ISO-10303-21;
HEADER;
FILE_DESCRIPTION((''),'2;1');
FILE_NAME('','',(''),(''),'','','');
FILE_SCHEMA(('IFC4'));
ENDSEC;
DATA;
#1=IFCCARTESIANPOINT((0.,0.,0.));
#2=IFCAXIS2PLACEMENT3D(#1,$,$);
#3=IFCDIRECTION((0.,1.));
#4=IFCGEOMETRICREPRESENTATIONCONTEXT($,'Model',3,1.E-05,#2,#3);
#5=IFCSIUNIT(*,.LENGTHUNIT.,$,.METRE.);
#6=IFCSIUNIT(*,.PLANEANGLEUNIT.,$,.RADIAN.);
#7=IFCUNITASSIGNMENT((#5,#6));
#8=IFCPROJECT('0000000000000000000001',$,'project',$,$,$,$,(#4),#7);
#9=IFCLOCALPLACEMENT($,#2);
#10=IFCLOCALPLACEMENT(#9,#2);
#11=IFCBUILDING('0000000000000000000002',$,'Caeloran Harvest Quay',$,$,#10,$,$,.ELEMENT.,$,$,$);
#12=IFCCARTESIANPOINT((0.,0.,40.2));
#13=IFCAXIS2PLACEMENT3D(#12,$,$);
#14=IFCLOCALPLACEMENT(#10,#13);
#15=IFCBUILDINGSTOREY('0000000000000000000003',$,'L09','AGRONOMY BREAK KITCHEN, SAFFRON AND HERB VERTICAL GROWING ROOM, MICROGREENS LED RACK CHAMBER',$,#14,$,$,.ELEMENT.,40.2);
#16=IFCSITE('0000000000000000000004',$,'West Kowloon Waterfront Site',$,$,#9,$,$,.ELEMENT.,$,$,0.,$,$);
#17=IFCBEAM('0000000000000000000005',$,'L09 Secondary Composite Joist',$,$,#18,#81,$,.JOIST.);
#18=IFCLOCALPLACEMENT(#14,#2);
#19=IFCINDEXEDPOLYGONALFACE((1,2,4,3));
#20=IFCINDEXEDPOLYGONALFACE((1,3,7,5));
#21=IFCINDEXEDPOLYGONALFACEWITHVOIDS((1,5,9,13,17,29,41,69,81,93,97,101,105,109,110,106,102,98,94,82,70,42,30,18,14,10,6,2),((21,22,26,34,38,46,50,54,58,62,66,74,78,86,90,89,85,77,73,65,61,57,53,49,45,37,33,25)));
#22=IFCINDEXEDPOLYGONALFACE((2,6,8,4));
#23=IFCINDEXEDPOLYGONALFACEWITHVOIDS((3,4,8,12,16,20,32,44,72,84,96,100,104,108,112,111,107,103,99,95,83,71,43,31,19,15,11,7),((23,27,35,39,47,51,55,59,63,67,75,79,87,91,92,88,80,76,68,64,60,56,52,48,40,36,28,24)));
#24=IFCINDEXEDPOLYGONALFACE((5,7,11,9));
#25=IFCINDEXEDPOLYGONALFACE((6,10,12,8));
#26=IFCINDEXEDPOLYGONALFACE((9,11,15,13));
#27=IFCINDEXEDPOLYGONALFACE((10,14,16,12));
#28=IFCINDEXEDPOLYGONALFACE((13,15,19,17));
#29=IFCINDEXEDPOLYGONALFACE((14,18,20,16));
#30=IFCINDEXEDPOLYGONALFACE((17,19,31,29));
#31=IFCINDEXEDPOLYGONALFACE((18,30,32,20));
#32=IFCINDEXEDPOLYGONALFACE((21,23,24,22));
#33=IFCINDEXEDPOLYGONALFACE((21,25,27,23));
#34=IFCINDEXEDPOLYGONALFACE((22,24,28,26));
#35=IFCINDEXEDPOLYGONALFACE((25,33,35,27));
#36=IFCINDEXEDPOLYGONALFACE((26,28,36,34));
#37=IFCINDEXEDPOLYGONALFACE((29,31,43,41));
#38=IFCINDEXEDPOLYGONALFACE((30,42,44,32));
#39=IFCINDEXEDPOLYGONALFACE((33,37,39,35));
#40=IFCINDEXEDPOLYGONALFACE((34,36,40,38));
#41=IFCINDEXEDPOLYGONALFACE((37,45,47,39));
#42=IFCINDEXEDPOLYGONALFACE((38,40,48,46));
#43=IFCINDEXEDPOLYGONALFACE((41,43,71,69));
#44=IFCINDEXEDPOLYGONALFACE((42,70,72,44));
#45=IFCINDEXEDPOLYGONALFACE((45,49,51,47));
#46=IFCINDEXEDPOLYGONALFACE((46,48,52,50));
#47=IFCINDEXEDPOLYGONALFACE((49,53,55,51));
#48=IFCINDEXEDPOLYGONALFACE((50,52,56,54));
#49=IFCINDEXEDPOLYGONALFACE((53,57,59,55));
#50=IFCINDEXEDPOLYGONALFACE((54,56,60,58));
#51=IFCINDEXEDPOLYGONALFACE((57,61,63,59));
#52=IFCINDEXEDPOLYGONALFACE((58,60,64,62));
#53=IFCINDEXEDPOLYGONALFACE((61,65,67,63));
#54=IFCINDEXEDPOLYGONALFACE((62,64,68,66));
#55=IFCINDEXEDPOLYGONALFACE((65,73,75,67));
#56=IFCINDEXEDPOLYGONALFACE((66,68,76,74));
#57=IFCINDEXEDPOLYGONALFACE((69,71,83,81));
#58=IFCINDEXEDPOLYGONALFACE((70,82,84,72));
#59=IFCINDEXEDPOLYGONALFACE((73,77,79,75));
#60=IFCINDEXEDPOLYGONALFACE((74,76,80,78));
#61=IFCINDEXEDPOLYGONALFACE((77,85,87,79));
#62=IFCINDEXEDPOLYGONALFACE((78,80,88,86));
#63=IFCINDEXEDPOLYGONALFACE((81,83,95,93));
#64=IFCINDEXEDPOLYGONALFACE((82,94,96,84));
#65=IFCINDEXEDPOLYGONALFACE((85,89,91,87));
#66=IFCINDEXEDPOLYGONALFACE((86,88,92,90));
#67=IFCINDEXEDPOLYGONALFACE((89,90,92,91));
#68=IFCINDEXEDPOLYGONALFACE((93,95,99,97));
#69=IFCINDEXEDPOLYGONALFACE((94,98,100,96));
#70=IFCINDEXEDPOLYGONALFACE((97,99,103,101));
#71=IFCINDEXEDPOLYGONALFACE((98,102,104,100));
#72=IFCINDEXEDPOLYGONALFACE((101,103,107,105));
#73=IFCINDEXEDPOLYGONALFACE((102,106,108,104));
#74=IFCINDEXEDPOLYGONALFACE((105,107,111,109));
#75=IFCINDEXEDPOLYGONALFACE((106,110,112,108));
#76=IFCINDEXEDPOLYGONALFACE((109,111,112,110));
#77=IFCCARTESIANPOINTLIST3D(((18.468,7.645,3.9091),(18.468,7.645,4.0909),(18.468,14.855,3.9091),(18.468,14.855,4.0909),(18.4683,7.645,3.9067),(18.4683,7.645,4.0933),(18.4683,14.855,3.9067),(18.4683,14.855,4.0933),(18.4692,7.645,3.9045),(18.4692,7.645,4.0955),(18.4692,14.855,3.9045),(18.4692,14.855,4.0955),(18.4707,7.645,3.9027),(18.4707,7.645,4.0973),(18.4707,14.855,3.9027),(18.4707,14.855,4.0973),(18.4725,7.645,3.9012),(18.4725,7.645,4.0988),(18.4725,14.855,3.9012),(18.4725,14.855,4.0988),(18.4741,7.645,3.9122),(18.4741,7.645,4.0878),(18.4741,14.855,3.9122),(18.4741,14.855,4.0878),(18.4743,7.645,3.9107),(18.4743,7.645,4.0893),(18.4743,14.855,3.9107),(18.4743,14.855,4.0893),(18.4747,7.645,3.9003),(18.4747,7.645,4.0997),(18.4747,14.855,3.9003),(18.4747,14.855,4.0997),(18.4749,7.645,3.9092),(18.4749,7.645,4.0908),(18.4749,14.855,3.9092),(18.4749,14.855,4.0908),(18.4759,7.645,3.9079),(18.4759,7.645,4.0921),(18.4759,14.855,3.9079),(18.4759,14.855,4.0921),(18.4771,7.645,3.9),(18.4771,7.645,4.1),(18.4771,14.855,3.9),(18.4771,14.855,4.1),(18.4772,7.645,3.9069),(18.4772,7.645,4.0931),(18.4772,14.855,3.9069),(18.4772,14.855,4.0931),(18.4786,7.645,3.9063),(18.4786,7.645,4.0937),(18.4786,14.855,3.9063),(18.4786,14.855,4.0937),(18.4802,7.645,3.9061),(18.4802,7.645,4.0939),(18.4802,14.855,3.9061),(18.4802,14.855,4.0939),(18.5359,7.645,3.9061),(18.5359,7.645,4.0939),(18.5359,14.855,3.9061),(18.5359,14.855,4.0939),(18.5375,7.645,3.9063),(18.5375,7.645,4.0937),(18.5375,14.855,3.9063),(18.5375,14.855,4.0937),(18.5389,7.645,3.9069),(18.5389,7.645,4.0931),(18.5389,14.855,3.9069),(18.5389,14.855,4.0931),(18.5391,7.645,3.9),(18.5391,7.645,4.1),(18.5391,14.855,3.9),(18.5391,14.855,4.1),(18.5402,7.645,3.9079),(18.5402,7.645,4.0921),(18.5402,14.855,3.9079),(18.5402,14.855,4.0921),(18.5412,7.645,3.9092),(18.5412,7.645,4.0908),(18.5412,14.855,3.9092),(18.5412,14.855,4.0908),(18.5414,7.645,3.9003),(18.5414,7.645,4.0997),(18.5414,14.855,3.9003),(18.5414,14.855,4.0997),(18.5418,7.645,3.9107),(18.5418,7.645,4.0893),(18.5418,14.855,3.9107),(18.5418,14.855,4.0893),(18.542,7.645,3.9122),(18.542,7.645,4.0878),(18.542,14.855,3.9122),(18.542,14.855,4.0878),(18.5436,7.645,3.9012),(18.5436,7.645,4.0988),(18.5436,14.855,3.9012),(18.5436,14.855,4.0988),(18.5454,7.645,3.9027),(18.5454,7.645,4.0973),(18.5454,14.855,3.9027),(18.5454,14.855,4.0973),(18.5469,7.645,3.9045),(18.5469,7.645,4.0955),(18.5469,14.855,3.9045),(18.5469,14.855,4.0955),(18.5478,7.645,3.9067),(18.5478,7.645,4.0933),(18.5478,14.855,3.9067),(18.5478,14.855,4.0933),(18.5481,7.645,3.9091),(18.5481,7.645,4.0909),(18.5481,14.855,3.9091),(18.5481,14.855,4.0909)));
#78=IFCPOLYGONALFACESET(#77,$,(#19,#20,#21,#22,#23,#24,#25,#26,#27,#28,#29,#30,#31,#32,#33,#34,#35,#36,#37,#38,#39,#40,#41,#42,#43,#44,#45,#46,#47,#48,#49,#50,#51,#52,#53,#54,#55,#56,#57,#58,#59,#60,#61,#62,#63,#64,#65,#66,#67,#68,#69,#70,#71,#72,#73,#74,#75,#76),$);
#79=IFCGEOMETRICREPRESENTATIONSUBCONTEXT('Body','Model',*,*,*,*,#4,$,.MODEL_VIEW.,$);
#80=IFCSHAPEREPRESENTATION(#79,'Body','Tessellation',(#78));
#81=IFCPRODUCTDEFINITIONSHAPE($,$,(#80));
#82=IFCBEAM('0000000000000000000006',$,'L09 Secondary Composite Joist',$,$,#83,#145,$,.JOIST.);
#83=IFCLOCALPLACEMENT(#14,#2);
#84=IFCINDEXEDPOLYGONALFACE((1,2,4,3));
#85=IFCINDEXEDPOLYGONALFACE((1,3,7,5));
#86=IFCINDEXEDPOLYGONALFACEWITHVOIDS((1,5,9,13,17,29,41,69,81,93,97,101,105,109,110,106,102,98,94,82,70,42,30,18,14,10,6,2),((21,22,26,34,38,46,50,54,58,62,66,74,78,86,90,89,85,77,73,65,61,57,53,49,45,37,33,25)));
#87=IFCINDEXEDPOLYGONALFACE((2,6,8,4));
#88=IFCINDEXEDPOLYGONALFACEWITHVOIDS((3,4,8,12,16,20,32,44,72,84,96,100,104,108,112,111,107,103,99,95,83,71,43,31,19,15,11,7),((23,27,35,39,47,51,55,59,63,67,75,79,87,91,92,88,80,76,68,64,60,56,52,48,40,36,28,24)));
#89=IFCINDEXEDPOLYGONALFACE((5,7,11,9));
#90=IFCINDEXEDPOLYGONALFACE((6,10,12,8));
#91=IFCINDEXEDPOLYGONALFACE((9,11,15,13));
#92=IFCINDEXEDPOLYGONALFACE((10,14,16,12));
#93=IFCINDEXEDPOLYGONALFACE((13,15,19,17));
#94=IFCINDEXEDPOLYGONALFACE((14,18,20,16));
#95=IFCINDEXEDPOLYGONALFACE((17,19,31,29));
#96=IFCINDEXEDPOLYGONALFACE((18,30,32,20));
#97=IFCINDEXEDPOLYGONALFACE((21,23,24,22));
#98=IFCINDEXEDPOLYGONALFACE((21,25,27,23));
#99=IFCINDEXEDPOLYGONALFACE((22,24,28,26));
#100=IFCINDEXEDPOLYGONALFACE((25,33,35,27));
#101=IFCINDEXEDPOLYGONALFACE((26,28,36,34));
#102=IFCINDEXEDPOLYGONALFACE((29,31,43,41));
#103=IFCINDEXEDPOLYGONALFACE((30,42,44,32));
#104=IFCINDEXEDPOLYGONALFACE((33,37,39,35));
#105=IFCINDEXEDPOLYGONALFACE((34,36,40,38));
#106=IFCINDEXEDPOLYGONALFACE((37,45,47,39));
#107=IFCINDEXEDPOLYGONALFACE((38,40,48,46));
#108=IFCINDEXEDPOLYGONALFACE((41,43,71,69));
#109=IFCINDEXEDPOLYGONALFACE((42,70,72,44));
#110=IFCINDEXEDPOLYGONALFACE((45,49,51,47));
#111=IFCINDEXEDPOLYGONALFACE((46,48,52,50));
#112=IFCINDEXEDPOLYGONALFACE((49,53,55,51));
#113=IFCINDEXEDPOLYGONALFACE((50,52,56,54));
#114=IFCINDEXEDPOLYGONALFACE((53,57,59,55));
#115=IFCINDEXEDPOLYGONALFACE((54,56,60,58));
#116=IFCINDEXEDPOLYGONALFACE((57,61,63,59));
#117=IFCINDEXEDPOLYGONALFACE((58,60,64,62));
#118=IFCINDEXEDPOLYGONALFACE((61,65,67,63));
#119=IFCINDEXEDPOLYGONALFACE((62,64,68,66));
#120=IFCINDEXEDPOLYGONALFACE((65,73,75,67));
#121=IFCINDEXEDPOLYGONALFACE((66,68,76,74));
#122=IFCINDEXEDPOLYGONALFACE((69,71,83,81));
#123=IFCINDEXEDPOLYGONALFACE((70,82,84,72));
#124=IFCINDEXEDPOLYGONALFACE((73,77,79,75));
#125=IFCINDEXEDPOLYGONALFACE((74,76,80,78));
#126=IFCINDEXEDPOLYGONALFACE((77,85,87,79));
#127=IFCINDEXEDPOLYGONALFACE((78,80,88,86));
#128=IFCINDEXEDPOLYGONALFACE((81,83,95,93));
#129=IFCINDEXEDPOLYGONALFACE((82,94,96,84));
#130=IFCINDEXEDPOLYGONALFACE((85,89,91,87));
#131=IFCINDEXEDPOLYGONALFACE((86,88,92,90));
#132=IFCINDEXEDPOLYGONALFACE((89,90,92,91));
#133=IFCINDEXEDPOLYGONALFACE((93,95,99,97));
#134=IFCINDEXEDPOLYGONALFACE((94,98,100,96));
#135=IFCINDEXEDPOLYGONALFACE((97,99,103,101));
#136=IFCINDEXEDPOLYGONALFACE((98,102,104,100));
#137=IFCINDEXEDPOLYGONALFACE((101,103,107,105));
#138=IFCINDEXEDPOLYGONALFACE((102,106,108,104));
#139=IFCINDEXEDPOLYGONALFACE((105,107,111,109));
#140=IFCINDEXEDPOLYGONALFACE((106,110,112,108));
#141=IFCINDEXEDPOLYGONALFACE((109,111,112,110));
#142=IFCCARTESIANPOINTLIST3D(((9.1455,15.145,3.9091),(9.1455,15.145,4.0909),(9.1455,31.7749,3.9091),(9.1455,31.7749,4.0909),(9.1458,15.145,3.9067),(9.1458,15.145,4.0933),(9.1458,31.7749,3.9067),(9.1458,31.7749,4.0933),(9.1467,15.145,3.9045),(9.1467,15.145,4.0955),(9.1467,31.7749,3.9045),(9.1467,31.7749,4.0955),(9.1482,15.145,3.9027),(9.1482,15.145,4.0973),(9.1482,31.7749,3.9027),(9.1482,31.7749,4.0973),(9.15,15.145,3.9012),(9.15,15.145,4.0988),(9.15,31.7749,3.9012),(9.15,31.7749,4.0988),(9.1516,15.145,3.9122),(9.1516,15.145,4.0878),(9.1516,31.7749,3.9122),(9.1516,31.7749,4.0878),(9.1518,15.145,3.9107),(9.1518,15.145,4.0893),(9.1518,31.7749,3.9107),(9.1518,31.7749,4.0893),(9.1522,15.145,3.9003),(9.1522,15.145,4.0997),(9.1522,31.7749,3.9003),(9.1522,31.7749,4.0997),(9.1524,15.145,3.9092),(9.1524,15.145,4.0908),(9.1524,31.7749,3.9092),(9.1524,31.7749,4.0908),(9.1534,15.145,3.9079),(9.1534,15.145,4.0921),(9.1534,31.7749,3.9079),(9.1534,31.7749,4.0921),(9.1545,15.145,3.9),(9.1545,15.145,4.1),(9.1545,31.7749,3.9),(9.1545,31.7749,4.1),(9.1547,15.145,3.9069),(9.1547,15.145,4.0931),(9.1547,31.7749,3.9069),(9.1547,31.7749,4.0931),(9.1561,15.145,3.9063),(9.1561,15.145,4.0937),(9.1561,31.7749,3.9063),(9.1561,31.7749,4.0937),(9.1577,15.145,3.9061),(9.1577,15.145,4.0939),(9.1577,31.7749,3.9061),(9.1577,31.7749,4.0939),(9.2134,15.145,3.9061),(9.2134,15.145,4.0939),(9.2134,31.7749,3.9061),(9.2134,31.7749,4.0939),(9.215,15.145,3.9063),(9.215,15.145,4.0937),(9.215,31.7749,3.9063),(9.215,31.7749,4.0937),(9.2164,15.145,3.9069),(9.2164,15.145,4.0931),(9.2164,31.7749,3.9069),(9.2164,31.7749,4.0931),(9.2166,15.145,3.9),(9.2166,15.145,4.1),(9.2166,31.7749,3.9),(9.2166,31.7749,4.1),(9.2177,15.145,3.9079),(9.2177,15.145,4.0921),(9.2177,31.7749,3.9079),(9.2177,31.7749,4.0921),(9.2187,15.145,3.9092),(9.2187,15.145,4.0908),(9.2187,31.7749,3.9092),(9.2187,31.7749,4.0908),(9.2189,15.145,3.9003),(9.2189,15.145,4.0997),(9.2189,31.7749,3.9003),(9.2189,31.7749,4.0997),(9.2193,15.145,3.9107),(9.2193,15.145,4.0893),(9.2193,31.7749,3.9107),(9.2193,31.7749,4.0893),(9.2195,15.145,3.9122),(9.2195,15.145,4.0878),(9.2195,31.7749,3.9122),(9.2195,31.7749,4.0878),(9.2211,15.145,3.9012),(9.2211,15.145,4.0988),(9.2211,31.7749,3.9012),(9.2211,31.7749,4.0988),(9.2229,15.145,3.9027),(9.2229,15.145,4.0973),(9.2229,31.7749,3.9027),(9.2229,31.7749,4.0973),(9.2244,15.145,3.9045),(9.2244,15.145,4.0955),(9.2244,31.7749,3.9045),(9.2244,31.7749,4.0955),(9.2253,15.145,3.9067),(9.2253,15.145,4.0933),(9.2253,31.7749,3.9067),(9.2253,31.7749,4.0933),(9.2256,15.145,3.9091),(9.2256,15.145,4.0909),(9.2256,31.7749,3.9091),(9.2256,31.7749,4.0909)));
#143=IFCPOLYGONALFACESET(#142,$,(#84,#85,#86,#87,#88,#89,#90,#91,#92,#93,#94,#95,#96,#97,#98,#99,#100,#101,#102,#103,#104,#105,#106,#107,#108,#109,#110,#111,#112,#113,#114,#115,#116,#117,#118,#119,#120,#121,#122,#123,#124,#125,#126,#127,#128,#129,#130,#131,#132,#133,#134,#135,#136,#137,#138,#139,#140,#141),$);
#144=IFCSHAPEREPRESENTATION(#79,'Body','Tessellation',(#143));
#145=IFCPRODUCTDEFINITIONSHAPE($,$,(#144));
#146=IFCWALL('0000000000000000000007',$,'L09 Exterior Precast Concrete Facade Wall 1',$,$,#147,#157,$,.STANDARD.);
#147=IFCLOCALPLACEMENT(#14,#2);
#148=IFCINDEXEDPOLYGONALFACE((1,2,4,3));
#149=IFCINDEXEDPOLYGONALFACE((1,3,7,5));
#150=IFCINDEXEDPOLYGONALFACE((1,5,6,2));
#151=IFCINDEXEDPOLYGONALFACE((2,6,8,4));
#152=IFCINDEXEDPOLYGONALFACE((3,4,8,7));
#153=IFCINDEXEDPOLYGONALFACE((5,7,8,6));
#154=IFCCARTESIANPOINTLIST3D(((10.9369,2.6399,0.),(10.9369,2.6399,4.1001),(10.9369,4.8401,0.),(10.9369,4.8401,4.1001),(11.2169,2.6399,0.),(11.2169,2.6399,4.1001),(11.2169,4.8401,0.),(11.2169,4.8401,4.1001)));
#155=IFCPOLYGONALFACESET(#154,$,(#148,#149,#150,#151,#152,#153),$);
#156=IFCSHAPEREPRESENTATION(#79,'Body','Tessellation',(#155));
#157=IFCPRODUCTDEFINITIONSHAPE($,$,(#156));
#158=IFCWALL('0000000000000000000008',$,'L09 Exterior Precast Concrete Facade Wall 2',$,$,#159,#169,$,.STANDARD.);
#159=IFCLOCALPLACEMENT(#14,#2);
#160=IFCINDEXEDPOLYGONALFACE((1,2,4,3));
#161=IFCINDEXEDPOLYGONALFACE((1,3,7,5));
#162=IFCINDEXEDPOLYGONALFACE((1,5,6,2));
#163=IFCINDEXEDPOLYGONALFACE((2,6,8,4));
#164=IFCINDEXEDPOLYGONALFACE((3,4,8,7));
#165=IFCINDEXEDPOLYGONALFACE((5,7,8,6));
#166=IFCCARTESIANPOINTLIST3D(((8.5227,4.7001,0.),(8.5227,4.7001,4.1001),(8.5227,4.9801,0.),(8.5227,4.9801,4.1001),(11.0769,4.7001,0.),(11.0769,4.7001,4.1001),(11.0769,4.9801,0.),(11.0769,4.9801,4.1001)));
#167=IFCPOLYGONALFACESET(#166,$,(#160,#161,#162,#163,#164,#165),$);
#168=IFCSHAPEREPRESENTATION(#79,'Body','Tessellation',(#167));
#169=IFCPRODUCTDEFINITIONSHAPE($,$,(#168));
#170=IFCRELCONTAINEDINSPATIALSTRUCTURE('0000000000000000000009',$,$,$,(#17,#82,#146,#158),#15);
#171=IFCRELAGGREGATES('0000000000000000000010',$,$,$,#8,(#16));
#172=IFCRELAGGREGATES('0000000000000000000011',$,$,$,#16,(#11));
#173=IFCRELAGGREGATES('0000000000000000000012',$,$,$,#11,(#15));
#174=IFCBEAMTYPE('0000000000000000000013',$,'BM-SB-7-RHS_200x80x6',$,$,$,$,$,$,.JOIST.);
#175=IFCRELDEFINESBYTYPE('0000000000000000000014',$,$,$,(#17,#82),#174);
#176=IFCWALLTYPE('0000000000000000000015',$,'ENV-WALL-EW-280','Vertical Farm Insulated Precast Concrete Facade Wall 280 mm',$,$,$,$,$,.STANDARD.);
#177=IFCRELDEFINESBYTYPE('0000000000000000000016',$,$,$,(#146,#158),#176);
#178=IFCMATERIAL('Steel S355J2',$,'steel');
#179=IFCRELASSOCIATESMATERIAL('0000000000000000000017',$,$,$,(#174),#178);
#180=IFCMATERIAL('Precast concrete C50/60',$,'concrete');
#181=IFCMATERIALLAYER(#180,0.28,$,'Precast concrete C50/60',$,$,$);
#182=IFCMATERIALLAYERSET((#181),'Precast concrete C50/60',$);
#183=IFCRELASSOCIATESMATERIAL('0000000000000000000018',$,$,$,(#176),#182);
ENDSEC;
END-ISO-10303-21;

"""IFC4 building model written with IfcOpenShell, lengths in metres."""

from ifc_helpers import new_model, si_unit, direction, frame, frame_2d, origin, origin_2d, place, context, subcontext, project, spatial, rectangle, hollow_rectangle, extrude, material, layer, layer_set, material_profile, profile_set, type_object, element, save


model = new_model("IFC4")

# Units and contexts
model_context = context("Model", 3, precision=1e-05, world=origin(), true_north=direction((0.0, 1.0)))
body_context = subcontext(model_context, "Body", "Model", "MODEL_VIEW")
ifc_project = project(units=[si_unit("LENGTHUNIT", "METRE"), si_unit("PLANEANGLEUNIT", "RADIAN")], contexts=[model_context])

# Site, building, storey
site_placement = place(None, origin())
site = spatial("IfcSite", under=ifc_project, at=site_placement, Name="West Kowloon Waterfront Site", CompositionType="ELEMENT", RefElevation=0.0)
building_placement = place(site_placement, origin())
building = spatial("IfcBuilding", under=site, at=building_placement, Name="Caeloran Harvest Quay", CompositionType="ELEMENT")
storey_placement = place(building_placement, frame((0.0, 0.0, 40.2)))
storey = spatial("IfcBuildingStorey", under=building, at=storey_placement, Name="L09", Description="AGRONOMY BREAK KITCHEN, SAFFRON AND HERB VERTICAL GROWING ROOM, MICROGREENS LED RACK CHAMBER", CompositionType="ELEMENT", Elevation=40.2)

# Beams
ifc_material_1 = material(Name="Steel S355J2", Category="steel")
ifc_material_profile_1 = material_profile(ifc_material_1, hollow_rectangle(XDim=0.0801, YDim=0.2, WallThickness=0.0061, InnerFilletRadius=0.0061, OuterFilletRadius=0.009, at=origin_2d()), Name="RHS 200x80x6")
ifc_profile_set_1 = profile_set([ifc_material_profile_1], Name="Steel S355J2")
beam_type_1 = type_object("IfcBeamType", Name="BM-SB-7-RHS_200x80x6", PredefinedType="JOIST", material=ifc_profile_set_1)
for number, where, z_axis, x_axis, name in (
    (1, (18.5081, 7.645, 4.0), (0.0, 1.0, 0.0), (-1.0, 0.0, 0.0), "L09 Secondary Composite Joist"),
):
    element("IfcBeam", number, at=place(storey_placement, frame(where, z_axis=z_axis, x_axis=x_axis)), inside=storey, type_object=beam_type_1, Name=name, PredefinedType="JOIST", context=body_context, shape_type="SweptSolid", body=[
        extrude(hollow_rectangle(XDim=0.0801, YDim=0.2, WallThickness=0.0061, InnerFilletRadius=0.0061, OuterFilletRadius=0.009, at=origin_2d()), origin(), (0.0, 0.0, 1.0), 7.21),
    ])
beam_1_placement = place(storey_placement, frame((9.1855, 15.145, 4.0), z_axis=(0.0, 1.0, 0.0), x_axis=(-1.0, 0.0, 0.0)))
element("IfcBeam", 2, at=beam_1_placement, inside=storey, type_object=beam_type_1, Name="L09 Secondary Composite Joist", PredefinedType="JOIST", context=body_context, shape_type="SweptSolid", body=[
    extrude(hollow_rectangle(XDim=0.0801, YDim=0.2, WallThickness=0.0061, InnerFilletRadius=0.0061, OuterFilletRadius=0.009, at=origin_2d()), origin(), (0.0, 0.0, 1.0), 16.6299),
])

# Walls
ifc_material_2 = material(Name="Precast concrete C50/60", Category="concrete")
ifc_layer_1 = layer(ifc_material_2, 0.28, Name="Precast concrete C50/60")
ifc_layer_set_1 = layer_set([ifc_layer_1], Name="Precast concrete C50/60")
wall_type_1 = type_object("IfcWallType", Name="ENV-WALL-EW-280", Description="Vertical Farm Insulated Precast Concrete Facade Wall 280 mm", PredefinedType="STANDARD", material=ifc_layer_set_1)
wall_1_placement = place(storey_placement, frame((11.0769, 2.6399, 0.0), z_axis=(0.0, 0.0, 1.0), x_axis=(0.0, 1.0, 0.0)))
element("IfcWall", 3, at=wall_1_placement, inside=storey, type_object=wall_type_1, Name="L09 Exterior Precast Concrete Facade Wall 1", PredefinedType="STANDARD", context=body_context, shape_type="SweptSolid", body=[
    extrude(rectangle(XDim=2.2002, YDim=0.28, at=frame_2d((1.1001, 0.0))), origin(), (0.0, 0.0, 1.0), 4.1001),
])
wall_2_placement = place(storey_placement, frame((11.0769, 4.8401, 0.0), z_axis=(0.0, 0.0, 1.0), x_axis=(-1.0, 0.0, 0.0)))
element("IfcWall", 4, at=wall_2_placement, inside=storey, type_object=wall_type_1, Name="L09 Exterior Precast Concrete Facade Wall 2", PredefinedType="STANDARD", context=body_context, shape_type="SweptSolid", body=[
    extrude(rectangle(XDim=2.5542, YDim=0.28, at=frame_2d((1.2771, 0.0))), origin(), (0.0, 0.0, 1.0), 4.1001),
])

save(model, "model.ifc")
